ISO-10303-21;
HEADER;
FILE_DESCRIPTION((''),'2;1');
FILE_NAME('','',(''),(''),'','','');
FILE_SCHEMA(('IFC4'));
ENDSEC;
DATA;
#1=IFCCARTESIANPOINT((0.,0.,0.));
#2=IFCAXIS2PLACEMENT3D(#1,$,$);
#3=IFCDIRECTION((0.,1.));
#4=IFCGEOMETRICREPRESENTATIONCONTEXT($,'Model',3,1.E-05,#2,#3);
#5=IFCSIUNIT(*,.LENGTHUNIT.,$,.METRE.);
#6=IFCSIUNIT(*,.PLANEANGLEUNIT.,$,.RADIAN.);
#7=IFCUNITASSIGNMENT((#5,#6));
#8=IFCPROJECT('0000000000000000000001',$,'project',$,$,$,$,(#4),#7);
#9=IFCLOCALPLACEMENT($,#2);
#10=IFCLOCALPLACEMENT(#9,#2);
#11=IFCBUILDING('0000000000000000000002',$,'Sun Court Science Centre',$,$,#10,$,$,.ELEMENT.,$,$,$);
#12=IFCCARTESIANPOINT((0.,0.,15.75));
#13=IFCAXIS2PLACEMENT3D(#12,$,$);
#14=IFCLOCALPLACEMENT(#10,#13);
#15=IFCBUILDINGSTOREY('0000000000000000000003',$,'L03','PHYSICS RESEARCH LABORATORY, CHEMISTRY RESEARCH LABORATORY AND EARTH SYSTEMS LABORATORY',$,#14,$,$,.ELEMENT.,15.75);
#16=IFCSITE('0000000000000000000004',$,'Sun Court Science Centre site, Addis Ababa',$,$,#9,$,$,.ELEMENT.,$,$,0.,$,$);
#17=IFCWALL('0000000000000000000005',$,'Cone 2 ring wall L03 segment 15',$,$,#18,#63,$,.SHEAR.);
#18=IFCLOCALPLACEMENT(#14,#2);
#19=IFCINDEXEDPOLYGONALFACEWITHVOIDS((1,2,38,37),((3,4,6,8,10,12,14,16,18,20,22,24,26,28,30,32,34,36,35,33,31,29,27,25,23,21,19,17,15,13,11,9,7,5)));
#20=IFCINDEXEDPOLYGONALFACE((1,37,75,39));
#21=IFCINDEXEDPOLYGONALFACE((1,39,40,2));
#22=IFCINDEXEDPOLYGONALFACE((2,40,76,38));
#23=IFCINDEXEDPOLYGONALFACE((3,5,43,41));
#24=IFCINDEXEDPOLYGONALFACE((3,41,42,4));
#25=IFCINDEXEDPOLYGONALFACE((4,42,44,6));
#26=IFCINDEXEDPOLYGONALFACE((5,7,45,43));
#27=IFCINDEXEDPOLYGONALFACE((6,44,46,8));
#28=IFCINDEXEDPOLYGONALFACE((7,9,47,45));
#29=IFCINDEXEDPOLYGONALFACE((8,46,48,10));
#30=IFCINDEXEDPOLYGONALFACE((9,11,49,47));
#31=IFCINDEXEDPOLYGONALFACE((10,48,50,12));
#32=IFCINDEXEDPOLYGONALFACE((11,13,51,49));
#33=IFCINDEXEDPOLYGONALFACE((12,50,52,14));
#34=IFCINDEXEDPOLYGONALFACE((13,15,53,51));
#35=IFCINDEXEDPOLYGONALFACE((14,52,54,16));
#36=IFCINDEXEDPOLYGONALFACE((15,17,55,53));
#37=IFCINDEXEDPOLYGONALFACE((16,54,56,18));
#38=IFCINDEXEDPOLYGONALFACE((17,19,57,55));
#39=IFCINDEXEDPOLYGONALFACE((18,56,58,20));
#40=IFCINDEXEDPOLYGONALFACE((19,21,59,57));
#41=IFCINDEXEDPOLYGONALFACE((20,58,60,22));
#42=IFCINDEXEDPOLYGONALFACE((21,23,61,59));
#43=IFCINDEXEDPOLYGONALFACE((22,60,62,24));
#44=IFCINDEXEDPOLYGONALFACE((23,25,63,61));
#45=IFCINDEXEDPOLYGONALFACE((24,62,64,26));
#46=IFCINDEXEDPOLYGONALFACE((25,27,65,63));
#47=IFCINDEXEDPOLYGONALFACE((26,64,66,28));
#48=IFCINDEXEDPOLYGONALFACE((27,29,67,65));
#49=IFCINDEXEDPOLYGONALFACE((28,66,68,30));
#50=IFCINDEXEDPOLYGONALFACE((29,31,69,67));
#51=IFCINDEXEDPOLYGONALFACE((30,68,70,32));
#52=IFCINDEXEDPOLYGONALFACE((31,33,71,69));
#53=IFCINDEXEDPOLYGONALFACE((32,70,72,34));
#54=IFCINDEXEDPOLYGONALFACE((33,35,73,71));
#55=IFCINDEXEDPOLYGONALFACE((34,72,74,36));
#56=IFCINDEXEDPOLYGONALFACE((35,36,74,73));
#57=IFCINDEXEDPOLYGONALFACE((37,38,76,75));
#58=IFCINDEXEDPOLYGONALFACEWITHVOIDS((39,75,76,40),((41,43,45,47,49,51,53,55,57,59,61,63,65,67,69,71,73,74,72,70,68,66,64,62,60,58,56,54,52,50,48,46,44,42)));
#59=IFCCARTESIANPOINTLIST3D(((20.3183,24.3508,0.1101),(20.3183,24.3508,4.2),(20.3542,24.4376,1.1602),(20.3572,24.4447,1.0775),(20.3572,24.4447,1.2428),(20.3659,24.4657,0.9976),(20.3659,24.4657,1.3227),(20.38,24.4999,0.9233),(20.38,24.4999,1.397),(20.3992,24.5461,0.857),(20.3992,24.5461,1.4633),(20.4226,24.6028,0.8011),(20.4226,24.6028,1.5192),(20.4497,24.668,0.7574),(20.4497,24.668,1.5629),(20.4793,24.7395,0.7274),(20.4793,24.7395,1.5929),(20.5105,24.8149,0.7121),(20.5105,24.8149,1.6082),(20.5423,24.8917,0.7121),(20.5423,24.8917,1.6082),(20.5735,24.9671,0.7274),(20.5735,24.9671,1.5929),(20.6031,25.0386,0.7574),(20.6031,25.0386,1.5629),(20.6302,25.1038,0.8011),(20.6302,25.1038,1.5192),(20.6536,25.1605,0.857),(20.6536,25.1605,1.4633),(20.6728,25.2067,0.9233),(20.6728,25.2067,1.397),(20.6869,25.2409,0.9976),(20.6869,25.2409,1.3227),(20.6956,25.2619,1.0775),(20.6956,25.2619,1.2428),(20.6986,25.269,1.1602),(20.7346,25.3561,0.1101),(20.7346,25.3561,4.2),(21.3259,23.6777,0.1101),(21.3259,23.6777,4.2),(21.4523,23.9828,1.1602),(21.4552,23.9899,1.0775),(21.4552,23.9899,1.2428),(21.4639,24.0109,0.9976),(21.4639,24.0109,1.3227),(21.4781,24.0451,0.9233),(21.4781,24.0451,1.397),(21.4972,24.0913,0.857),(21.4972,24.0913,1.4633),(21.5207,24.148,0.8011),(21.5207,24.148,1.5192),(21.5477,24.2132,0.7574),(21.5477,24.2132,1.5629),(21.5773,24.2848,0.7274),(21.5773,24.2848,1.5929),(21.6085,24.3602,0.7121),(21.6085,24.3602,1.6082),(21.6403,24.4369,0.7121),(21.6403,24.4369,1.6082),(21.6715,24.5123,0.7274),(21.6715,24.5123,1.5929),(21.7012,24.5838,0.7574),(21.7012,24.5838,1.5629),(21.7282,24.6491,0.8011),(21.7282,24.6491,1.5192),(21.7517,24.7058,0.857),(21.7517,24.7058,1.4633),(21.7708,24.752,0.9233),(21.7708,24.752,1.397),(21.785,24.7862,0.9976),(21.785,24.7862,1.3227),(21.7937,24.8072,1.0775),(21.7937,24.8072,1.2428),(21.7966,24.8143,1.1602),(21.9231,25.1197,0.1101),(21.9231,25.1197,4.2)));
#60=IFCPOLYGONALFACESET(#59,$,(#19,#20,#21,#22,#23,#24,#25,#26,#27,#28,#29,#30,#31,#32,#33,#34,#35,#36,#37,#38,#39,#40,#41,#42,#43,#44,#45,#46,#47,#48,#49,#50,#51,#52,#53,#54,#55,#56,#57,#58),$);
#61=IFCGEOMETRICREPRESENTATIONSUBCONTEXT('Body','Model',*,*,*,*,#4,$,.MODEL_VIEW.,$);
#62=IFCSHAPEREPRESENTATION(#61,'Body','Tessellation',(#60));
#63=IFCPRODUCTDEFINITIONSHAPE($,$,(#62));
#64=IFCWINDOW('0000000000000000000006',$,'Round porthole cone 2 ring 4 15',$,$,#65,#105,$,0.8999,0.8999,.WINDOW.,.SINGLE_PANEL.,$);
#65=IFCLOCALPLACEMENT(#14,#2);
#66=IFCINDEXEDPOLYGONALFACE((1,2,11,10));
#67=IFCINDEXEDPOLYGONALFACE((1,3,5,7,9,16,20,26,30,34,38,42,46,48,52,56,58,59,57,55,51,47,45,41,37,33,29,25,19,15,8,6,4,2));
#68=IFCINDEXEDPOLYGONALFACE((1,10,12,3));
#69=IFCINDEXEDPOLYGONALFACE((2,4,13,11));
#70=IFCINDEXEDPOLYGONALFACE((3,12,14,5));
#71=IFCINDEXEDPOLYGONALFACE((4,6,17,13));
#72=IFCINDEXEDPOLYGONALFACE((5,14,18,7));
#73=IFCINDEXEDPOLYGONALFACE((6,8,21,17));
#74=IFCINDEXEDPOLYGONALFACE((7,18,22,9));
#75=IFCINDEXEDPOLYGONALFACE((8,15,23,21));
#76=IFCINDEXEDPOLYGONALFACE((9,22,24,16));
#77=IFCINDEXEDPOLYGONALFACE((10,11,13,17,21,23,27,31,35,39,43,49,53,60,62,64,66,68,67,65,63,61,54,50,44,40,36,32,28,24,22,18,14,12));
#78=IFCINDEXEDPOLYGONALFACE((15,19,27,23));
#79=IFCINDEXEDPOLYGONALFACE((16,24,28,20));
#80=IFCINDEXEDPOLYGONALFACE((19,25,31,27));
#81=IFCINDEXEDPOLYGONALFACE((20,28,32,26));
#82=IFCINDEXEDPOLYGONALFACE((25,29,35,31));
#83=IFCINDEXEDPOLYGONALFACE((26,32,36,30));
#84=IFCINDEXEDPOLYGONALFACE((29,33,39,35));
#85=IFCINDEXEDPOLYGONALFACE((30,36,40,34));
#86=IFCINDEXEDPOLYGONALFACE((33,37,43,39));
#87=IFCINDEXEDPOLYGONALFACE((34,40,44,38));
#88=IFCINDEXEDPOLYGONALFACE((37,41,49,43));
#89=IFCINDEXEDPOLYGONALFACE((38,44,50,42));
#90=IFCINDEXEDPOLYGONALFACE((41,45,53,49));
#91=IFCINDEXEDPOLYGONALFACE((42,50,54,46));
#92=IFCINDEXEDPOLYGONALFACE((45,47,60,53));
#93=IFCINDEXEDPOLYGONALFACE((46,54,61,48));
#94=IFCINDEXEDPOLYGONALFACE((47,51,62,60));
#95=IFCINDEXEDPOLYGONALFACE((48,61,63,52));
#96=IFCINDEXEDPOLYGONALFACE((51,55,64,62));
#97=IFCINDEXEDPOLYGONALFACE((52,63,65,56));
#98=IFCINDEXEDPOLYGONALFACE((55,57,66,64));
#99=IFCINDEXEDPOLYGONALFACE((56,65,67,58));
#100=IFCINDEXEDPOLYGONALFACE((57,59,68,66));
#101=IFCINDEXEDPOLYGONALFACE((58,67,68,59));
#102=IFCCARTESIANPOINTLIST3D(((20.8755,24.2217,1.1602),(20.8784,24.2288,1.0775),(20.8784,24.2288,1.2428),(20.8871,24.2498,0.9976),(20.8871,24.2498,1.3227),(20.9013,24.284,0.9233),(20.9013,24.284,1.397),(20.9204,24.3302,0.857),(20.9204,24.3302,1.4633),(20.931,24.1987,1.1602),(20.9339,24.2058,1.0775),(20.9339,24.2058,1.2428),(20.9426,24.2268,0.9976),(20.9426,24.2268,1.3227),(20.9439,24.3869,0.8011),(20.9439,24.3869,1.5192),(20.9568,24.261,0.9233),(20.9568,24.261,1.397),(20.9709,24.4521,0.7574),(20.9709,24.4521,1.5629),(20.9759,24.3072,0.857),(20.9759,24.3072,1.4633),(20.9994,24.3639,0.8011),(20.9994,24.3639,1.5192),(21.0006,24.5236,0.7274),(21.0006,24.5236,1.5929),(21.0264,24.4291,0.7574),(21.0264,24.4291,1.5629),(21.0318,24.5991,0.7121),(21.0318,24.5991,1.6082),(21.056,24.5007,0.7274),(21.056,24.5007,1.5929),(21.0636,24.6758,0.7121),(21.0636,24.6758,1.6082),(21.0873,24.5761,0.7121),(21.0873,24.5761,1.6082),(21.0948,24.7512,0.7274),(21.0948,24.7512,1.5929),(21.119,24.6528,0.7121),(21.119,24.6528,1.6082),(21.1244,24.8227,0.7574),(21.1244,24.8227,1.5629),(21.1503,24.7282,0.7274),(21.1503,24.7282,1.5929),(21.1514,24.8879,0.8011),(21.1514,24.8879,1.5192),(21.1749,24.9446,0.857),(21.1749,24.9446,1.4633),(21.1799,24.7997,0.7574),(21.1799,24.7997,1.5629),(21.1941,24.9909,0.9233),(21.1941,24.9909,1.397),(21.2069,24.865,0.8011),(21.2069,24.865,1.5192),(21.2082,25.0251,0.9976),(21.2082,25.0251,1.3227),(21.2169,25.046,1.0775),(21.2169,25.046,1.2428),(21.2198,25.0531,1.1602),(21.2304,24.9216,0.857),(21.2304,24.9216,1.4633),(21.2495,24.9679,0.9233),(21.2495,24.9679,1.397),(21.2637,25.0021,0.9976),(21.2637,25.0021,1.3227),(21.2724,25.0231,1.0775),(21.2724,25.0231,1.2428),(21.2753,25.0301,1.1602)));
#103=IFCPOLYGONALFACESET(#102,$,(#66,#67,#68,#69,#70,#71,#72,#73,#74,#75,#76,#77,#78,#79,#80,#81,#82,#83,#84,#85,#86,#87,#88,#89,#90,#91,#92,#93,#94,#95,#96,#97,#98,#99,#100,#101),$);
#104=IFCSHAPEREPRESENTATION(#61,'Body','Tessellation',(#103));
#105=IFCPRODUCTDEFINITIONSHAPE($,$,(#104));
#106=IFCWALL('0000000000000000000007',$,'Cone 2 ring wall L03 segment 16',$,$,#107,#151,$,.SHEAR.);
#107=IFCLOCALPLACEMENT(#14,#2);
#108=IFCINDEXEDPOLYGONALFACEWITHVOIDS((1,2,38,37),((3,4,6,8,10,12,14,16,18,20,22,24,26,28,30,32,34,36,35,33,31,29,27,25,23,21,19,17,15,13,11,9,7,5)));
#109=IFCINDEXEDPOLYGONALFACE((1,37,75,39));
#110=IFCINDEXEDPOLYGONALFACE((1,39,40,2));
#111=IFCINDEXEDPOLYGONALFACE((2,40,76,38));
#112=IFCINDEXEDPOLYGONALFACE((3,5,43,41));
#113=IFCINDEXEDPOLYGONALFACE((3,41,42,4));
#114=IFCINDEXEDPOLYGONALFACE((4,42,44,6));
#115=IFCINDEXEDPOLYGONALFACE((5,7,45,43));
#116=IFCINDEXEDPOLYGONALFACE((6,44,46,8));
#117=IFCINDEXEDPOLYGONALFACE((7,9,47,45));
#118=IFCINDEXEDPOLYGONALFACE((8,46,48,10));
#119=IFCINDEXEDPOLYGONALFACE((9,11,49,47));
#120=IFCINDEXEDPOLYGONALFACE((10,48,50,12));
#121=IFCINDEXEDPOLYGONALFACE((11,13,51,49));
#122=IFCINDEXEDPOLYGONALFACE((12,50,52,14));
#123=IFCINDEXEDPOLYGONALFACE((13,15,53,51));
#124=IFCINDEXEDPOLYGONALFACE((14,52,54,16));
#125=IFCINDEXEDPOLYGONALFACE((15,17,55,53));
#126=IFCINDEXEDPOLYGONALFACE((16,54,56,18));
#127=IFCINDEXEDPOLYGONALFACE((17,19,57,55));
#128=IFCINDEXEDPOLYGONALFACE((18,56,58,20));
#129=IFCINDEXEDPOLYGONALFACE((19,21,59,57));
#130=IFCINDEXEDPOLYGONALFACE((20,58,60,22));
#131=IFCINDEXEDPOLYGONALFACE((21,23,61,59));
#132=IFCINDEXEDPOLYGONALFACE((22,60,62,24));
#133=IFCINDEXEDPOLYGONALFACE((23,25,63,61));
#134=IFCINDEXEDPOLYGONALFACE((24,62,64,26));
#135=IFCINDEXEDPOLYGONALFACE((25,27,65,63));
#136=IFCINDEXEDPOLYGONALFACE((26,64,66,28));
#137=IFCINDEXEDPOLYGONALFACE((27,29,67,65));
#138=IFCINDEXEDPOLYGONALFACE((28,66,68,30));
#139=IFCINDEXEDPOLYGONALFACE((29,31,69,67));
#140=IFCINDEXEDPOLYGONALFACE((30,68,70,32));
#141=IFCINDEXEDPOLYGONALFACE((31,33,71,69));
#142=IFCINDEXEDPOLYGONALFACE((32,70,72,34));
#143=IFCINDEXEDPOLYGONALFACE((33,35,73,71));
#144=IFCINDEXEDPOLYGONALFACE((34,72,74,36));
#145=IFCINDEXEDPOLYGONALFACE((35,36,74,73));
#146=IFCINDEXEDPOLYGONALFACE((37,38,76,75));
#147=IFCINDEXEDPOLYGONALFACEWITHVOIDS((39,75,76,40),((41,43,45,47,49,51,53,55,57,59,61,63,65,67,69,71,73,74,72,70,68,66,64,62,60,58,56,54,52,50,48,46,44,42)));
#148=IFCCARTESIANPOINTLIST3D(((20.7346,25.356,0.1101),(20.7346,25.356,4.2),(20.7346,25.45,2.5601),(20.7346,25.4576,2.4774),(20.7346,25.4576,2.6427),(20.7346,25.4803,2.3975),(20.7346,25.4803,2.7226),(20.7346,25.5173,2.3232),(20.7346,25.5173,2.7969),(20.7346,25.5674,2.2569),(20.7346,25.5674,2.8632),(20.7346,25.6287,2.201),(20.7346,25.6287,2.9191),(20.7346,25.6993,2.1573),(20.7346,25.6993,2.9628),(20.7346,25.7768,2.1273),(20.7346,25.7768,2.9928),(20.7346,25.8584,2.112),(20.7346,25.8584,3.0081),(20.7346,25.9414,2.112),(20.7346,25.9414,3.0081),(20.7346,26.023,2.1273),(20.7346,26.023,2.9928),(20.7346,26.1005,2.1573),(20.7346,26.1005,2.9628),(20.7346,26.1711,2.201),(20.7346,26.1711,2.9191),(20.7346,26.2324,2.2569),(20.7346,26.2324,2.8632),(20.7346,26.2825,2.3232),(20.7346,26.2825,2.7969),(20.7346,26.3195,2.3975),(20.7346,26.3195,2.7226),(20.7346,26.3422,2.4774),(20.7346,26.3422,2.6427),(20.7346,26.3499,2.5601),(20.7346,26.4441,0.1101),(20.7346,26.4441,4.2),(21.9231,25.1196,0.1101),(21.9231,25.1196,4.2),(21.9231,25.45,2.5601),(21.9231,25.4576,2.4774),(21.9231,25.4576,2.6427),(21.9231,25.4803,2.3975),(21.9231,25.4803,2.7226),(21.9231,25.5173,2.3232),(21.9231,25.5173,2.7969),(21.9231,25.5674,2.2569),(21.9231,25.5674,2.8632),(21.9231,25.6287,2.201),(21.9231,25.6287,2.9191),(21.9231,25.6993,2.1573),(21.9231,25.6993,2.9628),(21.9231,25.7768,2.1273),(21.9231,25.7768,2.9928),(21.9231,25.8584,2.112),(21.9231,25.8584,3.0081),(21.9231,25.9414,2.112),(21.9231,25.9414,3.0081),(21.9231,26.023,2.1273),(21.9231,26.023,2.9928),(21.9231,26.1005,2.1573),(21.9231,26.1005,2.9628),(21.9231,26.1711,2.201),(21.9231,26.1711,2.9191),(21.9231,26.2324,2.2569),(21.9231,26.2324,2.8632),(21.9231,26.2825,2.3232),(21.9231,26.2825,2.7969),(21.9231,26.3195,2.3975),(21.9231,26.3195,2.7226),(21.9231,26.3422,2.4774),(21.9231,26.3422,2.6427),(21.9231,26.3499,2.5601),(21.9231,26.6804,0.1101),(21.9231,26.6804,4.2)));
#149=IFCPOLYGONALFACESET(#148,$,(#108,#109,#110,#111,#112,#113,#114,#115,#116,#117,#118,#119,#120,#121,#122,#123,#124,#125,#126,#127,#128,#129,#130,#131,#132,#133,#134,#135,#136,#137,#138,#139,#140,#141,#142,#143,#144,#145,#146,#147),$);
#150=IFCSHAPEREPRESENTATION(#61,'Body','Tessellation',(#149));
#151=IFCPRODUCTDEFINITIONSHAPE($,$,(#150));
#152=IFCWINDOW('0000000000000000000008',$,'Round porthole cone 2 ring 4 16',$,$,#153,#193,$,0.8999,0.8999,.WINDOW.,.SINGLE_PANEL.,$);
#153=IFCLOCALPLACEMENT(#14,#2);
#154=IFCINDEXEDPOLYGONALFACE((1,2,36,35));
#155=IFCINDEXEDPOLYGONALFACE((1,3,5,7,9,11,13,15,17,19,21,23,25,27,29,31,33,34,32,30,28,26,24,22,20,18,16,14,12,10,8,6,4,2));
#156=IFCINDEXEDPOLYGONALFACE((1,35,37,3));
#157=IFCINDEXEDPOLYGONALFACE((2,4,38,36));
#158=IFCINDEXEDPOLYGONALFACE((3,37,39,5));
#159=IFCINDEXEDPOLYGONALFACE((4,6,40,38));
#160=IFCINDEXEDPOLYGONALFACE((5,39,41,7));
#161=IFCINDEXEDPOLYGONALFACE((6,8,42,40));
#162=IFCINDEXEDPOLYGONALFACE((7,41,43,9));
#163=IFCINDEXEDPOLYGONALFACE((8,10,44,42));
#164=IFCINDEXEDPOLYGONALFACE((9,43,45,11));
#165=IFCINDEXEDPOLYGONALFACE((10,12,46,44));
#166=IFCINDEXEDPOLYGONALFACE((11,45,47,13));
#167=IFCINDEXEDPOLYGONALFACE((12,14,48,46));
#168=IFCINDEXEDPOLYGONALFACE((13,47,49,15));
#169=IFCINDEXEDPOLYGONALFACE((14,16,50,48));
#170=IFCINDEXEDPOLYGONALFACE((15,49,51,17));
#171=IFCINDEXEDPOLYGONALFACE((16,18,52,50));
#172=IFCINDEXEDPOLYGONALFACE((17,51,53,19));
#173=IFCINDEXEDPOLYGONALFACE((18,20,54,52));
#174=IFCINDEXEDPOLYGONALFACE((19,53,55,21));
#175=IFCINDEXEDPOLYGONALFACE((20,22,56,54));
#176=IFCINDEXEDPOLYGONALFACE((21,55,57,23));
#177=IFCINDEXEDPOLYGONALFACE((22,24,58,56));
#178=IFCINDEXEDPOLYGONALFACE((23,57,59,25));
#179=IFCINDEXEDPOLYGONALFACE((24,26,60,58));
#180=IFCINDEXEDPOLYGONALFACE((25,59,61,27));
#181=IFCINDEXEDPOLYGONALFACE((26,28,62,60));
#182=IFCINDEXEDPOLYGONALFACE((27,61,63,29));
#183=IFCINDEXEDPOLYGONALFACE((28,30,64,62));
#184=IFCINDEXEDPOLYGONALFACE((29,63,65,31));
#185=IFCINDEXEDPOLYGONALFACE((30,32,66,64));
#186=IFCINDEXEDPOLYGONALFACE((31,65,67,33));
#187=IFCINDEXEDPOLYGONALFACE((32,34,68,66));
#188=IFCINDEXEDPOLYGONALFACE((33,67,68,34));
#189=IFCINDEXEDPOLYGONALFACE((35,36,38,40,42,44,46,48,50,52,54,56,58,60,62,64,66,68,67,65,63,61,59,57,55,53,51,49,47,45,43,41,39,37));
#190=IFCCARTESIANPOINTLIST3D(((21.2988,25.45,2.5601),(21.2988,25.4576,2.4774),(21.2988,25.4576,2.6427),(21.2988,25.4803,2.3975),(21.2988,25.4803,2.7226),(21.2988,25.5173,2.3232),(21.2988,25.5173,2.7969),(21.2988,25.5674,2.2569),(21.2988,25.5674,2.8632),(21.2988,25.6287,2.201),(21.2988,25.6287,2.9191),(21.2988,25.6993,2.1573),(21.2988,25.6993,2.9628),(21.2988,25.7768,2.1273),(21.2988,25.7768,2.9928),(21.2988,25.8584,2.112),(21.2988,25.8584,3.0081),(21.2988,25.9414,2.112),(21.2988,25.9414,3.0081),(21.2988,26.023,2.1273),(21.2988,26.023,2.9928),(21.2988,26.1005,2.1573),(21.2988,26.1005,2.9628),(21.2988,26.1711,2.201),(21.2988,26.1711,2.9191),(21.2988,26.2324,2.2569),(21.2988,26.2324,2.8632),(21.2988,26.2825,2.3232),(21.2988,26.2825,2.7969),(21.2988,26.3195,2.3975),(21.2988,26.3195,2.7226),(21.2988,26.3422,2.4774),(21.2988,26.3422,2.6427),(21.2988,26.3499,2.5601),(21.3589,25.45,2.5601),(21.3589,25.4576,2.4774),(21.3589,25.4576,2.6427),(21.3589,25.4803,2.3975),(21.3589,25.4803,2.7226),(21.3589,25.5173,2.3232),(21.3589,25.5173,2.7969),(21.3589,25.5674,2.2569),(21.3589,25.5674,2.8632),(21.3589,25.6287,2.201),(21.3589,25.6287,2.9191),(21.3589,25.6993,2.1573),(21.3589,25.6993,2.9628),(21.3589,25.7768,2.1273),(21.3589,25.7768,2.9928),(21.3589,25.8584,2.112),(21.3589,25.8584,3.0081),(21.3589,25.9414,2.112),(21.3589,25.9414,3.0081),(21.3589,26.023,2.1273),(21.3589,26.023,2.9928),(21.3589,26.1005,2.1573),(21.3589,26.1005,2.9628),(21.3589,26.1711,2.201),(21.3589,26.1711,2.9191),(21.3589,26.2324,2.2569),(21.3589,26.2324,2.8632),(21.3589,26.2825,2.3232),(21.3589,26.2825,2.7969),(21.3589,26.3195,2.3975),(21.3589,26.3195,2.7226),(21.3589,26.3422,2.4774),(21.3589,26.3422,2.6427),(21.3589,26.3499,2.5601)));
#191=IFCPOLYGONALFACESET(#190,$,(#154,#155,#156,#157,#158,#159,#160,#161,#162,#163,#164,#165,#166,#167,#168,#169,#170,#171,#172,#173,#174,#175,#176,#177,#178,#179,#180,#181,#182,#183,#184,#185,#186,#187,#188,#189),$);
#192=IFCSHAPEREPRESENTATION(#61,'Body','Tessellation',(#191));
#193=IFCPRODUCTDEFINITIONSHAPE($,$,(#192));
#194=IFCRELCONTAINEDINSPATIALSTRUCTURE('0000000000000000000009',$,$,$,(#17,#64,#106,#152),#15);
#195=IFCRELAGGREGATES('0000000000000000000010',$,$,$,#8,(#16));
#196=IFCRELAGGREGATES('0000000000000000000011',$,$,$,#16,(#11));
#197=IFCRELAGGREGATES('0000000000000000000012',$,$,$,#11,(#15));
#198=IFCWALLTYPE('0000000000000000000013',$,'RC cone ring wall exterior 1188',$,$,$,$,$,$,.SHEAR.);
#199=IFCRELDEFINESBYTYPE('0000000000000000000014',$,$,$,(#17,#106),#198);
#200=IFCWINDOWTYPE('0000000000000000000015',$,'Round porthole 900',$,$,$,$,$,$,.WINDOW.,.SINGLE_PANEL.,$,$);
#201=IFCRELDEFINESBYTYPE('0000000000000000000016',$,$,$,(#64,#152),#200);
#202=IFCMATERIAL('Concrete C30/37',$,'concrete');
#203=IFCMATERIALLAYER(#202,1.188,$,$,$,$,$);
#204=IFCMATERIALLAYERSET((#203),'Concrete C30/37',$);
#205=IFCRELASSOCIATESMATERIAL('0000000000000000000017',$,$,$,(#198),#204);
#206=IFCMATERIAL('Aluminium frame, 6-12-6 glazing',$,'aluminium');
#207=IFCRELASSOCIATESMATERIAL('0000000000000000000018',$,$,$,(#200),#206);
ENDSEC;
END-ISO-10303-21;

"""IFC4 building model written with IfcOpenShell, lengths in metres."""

from ifc_helpers import new_model, si_unit, direction, frame, frame_2d, origin, place, context, subcontext, project, spatial, polyline, circle, outline, extrude, material, layer, layer_set, type_object, element, fill, save


model = new_model("IFC4")

# Units and contexts
model_context = context("Model", 3, precision=1e-05, world=origin(), true_north=direction((0.0, 1.0)))
body_context = subcontext(model_context, "Body", "Model", "MODEL_VIEW")
ifc_project = project(units=[si_unit("LENGTHUNIT", "METRE"), si_unit("PLANEANGLEUNIT", "RADIAN")], contexts=[model_context])

# Site, building, storey
site_placement = place(None, origin())
site = spatial("IfcSite", under=ifc_project, at=site_placement, Name="Sun Court Science Centre site, Addis Ababa", CompositionType="ELEMENT", RefElevation=0.0)
building_placement = place(site_placement, origin())
building = spatial("IfcBuilding", under=site, at=building_placement, Name="Sun Court Science Centre", CompositionType="ELEMENT")
storey_placement = place(building_placement, frame((0.0, 0.0, 15.75)))
storey = spatial("IfcBuildingStorey", under=building, at=storey_placement, Name="L03", Description="PHYSICS RESEARCH LABORATORY, CHEMISTRY RESEARCH LABORATORY AND EARTH SYSTEMS LABORATORY", CompositionType="ELEMENT", Elevation=15.75)

# Walls, openings, windows
ifc_material_1 = material(Name="Concrete C30/37", Category="concrete")
ifc_layer_1 = layer(ifc_material_1, 1.188)
ifc_layer_set_1 = layer_set([ifc_layer_1], Name="Concrete C30/37")
wall_type_1 = type_object("IfcWallType", Name="RC cone ring wall exterior 1188", PredefinedType="SHEAR", material=ifc_layer_set_1)
ifc_material_2 = material(Name="Aluminium frame, 6-12-6 glazing", Category="aluminium")
window_type = type_object("IfcWindowType", Name="Round porthole 900", PartitioningType="SINGLE_PANEL", PredefinedType="WINDOW", material=ifc_material_2)
wall_1_placement = place(storey_placement, frame((20.7769, 23.905, 0.1101), z_axis=(0.0, 0.0, 1.0), x_axis=(0.382637, 0.923899, 0.0)))
wall_1 = element("IfcWall", 1, at=wall_1_placement, inside=storey, type_object=wall_type_1, Name="Cone 2 ring wall L03 segment 15", PredefinedType="SHEAR", context=body_context, shape_type="SweptSolid", body=[
    extrude(outline(polyline([(0.0, -0.5942), (1.5608, -0.5942), (1.3245, 0.5942), (0.2363, 0.5942), (0.0, -0.5942)])), origin(), (0.0, 0.0, 1.0), 4.0898),
])
opening_1_placement = place(wall_1_placement, frame((0.3303, 0.0, 0.6001)))
opening_1 = element("IfcOpeningElement", 2, at=opening_1_placement, cuts=wall_1, PredefinedType="OPENING", context=body_context, shape_type="SweptSolid", body=[
    extrude(circle(Radius=0.45, at=frame_2d((0.45, 0.45))), frame((0.0, 0.6042, 0.0), z_axis=(0.0, -1.0, 0.0), x_axis=(1.0, 0.0, 0.0)), (0.0, 0.0, 1.0), 1.2085),
])
window_1_placement = place(opening_1_placement, origin())
window_1 = element("IfcWindow", 3, at=window_1_placement, inside=storey, type_object=window_type, Name="Round porthole cone 2 ring 4 15", OverallHeight=0.8999, OverallWidth=0.8999, PartitioningType="SINGLE_PANEL", PredefinedType="WINDOW", context=body_context, shape_type="SweptSolid", body=[
    extrude(circle(Radius=0.45, at=frame_2d((0.45, 0.45))), frame((0.0, 0.03, 0.0), z_axis=(0.0, -1.0, 0.0), x_axis=(1.0, 0.0, 0.0)), (0.0, 0.0, 1.0), 0.0601),
])
fill(opening_1, window_1)
wall_2_placement = place(storey_placement, frame((21.3289, 25.1196, 0.1101), z_axis=(0.0, 0.0, 1.0), x_axis=(0.0, 1.0, 0.0)))
wall_2 = element("IfcWall", 4, at=wall_2_placement, inside=storey, type_object=wall_type_1, Name="Cone 2 ring wall L03 segment 16", PredefinedType="SHEAR", context=body_context, shape_type="SweptSolid", body=[
    extrude(outline(polyline([(0.0, -0.5942), (1.5608, -0.5942), (1.3245, 0.5942), (0.2363, 0.5942), (0.0, -0.5942)])), origin(), (0.0, 0.0, 1.0), 4.0898),
])
opening_2_placement = place(wall_2_placement, frame((0.3303, 0.0, 2.0)))
opening_2 = element("IfcOpeningElement", 5, at=opening_2_placement, cuts=wall_2, PredefinedType="OPENING", context=body_context, shape_type="SweptSolid", body=[
    extrude(circle(Radius=0.45, at=frame_2d((0.45, 0.45))), frame((0.0, 0.6042, 0.0), z_axis=(0.0, -1.0, 0.0), x_axis=(1.0, 0.0, 0.0)), (0.0, 0.0, 1.0), 1.2085),
])
window_2_placement = place(opening_2_placement, origin())
window_2 = element("IfcWindow", 6, at=window_2_placement, inside=storey, type_object=window_type, Name="Round porthole cone 2 ring 4 16", OverallHeight=0.8999, OverallWidth=0.8999, PartitioningType="SINGLE_PANEL", PredefinedType="WINDOW", context=body_context, shape_type="SweptSolid", body=[
    extrude(circle(Radius=0.45, at=frame_2d((0.45, 0.45))), frame((0.0, 0.03, 0.0), z_axis=(0.0, -1.0, 0.0), x_axis=(1.0, 0.0, 0.0)), (0.0, 0.0, 1.0), 0.0601),
])
fill(opening_2, window_2)

save(model, "model.ifc")
